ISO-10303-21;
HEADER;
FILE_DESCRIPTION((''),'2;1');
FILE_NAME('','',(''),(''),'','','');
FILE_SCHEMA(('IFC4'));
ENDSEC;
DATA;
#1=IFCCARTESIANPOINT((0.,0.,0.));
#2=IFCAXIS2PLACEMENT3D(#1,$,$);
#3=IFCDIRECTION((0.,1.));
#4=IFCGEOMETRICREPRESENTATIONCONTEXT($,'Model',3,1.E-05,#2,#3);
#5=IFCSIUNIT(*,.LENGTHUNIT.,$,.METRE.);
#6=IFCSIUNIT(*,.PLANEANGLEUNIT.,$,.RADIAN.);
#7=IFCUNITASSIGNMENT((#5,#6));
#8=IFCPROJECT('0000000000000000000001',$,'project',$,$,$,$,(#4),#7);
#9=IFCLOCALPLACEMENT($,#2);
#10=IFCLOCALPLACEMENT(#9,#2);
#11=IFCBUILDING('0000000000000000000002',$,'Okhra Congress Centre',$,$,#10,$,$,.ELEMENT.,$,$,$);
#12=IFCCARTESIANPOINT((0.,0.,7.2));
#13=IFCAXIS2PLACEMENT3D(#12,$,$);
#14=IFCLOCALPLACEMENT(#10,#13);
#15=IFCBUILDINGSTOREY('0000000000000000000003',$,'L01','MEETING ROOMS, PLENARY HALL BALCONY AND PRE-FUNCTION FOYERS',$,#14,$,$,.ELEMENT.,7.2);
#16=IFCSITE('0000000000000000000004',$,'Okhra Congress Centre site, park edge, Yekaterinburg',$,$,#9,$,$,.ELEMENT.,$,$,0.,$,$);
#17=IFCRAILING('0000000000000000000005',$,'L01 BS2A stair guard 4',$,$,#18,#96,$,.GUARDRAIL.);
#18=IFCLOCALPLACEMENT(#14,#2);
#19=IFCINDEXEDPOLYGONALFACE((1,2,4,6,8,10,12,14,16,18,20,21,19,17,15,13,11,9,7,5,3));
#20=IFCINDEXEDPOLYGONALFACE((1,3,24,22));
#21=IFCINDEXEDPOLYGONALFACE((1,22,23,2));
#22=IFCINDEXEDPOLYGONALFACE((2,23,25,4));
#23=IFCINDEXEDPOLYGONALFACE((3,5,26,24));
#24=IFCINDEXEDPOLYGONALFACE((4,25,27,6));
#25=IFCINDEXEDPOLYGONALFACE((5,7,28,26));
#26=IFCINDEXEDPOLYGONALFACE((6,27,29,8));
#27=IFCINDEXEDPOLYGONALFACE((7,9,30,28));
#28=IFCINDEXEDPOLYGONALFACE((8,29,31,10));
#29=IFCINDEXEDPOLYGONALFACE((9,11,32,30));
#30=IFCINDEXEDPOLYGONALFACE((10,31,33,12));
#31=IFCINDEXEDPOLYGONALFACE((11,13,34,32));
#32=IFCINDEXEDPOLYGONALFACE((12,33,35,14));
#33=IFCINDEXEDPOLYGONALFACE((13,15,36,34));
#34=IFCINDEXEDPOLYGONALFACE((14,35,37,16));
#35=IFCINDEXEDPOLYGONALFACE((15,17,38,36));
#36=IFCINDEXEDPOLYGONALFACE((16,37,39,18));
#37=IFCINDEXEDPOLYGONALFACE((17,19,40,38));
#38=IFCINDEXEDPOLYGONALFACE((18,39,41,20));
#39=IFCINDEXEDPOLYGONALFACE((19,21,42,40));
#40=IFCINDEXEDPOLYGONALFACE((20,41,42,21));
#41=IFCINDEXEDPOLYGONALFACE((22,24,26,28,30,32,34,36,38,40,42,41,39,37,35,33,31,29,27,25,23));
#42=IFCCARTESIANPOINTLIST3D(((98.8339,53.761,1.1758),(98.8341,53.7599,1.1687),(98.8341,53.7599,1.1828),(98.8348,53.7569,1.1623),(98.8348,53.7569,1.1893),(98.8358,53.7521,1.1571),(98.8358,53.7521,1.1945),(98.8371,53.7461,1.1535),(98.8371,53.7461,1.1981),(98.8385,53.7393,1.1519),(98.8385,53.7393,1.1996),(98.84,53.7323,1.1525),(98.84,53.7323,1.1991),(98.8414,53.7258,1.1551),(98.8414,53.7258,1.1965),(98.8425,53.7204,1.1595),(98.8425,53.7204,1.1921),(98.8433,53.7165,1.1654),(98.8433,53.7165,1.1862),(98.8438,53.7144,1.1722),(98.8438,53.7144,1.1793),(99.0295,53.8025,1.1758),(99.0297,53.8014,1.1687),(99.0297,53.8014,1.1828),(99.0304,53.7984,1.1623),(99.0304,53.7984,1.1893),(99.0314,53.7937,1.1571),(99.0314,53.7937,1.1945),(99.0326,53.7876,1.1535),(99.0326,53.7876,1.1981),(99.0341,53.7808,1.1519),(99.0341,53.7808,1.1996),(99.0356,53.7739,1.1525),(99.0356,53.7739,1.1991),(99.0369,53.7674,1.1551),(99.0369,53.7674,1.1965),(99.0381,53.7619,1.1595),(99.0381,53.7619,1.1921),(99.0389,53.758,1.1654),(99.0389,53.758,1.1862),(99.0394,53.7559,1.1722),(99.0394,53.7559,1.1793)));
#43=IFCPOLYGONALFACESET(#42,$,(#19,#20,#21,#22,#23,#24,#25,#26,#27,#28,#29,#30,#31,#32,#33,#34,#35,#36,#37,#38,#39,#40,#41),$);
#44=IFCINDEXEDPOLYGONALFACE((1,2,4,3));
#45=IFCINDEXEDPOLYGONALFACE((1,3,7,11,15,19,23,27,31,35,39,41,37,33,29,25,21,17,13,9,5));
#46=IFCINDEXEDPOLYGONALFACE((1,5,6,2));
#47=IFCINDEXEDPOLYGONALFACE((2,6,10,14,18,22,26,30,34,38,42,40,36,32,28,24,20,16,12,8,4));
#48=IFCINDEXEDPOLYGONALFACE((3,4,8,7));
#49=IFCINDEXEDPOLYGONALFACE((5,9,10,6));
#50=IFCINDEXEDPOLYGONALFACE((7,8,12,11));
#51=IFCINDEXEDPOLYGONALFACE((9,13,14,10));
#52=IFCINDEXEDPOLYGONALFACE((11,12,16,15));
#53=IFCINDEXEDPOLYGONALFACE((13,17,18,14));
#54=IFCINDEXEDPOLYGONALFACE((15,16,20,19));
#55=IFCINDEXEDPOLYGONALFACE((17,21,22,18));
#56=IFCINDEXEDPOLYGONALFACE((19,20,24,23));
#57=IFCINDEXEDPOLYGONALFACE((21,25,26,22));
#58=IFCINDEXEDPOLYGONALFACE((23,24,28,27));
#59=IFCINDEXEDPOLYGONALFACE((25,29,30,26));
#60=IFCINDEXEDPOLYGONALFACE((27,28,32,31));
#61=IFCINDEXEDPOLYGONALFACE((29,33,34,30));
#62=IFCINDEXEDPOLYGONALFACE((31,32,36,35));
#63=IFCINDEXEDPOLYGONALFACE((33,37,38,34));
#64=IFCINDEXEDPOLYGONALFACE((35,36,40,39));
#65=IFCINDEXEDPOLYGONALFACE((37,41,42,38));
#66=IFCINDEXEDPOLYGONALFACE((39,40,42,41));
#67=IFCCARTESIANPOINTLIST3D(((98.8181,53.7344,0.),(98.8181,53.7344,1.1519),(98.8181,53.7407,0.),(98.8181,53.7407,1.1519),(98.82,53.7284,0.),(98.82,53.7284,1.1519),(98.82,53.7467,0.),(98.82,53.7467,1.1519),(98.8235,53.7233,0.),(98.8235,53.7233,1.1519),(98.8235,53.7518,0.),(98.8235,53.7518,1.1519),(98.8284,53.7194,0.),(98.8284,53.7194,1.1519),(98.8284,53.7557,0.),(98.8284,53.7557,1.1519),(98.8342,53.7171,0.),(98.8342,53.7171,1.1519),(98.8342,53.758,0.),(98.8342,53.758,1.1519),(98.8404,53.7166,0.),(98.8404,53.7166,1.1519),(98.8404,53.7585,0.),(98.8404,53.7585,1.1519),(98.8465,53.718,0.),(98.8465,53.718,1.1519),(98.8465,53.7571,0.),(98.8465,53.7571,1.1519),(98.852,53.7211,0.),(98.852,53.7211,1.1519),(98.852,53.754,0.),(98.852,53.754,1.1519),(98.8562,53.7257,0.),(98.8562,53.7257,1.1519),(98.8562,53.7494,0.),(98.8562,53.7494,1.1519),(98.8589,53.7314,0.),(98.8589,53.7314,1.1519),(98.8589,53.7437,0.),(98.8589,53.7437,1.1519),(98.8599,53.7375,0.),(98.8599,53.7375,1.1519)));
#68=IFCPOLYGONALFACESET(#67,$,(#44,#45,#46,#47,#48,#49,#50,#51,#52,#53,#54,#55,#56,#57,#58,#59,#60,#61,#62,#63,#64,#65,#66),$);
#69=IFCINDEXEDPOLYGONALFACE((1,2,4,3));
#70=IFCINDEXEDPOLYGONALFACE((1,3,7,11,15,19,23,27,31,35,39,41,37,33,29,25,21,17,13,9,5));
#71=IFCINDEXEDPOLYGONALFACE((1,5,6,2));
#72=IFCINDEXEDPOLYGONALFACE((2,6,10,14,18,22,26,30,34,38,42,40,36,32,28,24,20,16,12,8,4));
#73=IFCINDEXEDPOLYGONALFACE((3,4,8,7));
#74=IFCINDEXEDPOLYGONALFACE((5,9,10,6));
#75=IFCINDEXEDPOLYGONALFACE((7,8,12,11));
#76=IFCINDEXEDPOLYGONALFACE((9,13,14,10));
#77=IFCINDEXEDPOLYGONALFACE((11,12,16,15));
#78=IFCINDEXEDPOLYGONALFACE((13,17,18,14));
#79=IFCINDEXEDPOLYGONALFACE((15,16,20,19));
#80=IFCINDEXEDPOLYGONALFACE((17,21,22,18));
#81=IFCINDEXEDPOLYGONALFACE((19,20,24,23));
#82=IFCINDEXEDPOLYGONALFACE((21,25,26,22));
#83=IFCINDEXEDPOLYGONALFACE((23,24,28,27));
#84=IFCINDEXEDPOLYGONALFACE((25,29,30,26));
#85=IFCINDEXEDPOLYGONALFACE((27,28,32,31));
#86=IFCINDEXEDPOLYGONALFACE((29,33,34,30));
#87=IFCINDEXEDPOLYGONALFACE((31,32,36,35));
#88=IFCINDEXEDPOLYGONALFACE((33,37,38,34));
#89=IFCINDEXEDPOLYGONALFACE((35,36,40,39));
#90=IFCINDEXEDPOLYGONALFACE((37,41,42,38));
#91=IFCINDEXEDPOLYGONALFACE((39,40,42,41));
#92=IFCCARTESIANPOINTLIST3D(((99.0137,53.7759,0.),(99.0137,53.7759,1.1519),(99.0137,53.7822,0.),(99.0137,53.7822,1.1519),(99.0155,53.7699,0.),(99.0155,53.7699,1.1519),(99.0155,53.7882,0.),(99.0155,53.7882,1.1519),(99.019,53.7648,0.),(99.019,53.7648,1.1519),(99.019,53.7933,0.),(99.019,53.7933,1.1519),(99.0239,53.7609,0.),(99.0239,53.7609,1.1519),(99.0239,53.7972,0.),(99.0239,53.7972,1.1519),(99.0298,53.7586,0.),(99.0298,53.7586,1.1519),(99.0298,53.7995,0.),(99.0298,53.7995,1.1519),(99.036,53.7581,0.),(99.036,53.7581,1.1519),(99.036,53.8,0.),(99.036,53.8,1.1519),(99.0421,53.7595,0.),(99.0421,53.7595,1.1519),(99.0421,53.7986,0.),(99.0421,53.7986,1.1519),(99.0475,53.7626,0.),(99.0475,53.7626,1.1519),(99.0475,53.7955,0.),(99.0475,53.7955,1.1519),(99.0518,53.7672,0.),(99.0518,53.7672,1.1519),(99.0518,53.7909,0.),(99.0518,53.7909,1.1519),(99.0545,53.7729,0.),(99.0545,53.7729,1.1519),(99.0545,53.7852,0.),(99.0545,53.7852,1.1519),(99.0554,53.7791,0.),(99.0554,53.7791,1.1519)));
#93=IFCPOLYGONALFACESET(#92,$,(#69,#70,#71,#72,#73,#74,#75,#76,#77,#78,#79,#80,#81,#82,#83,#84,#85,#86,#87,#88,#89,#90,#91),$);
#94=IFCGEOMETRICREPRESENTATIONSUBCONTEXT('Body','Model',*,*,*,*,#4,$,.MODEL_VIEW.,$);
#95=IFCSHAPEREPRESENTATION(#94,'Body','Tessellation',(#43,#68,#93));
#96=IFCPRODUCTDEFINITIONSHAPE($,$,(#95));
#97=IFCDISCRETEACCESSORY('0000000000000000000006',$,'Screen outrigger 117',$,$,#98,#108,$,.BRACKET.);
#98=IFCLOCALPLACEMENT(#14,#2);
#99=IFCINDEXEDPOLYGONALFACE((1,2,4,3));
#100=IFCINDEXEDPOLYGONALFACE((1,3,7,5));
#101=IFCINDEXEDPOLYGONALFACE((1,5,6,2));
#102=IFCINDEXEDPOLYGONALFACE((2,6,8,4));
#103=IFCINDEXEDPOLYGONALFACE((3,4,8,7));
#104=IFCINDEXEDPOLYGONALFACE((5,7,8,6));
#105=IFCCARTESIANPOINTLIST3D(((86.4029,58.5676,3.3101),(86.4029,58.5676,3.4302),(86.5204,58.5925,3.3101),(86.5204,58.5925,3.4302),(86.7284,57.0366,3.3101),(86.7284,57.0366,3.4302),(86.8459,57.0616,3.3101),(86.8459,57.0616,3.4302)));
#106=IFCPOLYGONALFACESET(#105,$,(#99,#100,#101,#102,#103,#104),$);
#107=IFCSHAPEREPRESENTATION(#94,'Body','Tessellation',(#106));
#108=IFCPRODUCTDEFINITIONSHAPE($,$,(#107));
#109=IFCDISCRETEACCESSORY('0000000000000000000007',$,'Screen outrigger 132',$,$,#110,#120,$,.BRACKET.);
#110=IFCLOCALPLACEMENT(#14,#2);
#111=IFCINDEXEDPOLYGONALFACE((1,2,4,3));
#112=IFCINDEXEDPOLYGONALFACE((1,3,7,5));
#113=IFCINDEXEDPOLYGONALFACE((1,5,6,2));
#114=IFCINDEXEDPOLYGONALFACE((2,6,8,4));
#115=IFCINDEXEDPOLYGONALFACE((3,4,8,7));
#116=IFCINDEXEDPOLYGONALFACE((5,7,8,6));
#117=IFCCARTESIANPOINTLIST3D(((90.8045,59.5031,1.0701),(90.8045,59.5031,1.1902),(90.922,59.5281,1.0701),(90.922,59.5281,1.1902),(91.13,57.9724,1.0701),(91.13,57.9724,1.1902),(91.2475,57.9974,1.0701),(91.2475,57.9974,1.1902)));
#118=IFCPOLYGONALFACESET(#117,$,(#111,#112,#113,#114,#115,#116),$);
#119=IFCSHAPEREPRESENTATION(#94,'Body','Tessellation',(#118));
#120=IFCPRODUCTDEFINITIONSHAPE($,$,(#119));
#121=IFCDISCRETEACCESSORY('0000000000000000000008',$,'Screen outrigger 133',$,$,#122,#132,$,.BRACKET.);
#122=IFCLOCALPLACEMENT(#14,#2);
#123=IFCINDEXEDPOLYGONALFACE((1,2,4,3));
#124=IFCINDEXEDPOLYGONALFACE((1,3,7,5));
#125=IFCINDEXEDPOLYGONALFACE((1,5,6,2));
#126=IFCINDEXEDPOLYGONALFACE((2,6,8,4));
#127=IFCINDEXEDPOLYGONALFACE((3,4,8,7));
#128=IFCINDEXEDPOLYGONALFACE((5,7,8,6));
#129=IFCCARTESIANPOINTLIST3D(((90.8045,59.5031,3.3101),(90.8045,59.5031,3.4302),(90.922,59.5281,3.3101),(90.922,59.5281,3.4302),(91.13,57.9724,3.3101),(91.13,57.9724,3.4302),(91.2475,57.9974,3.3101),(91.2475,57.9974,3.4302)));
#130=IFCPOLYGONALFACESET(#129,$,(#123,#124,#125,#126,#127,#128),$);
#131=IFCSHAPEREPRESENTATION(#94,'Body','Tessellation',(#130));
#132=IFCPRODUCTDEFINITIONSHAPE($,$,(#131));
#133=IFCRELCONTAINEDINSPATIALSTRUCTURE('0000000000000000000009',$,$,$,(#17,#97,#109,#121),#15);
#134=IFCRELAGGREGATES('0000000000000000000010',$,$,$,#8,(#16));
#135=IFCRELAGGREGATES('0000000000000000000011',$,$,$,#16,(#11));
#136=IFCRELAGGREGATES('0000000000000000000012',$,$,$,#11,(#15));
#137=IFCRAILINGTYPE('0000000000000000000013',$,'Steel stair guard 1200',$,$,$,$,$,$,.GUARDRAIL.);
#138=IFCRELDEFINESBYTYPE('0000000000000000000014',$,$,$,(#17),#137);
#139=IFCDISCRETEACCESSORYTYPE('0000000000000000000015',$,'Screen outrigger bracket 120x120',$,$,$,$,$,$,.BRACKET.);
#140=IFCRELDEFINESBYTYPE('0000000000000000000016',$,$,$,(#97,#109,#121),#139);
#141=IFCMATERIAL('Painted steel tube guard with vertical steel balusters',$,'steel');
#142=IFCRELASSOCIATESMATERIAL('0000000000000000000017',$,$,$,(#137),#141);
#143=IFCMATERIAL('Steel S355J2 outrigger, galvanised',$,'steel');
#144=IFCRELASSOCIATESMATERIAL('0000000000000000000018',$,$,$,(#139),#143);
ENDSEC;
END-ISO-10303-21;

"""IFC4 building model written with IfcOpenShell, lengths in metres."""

from ifc_helpers import new_model, si_unit, direction, frame, origin, origin_2d, place, context, subcontext, project, spatial, rectangle, circle, extrude, material, material_profile, profile_set, type_object, element, save


model = new_model("IFC4")

# Units and contexts
model_context = context("Model", 3, precision=1e-05, world=origin(), true_north=direction((0.0, 1.0)))
body_context = subcontext(model_context, "Body", "Model", "MODEL_VIEW")
ifc_project = project(units=[si_unit("LENGTHUNIT", "METRE"), si_unit("PLANEANGLEUNIT", "RADIAN")], contexts=[model_context])

# Site, building, storey
site_placement = place(None, origin())
site = spatial("IfcSite", under=ifc_project, at=site_placement, Name="Okhra Congress Centre site, park edge, Yekaterinburg", CompositionType="ELEMENT", RefElevation=0.0)
building_placement = place(site_placement, origin())
building = spatial("IfcBuilding", under=site, at=building_placement, Name="Okhra Congress Centre", CompositionType="ELEMENT")
storey_placement = place(building_placement, frame((0.0, 0.0, 7.2)))
storey = spatial("IfcBuildingStorey", under=building, at=storey_placement, Name="L01", Description="MEETING ROOMS, PLENARY HALL BALCONY AND PRE-FUNCTION FOYERS", CompositionType="ELEMENT", Elevation=7.2)

# Railing
ifc_material_1 = material(Name="Painted steel tube guard with vertical steel balusters", Category="steel")
railing_type_1 = type_object("IfcRailingType", Name="Steel stair guard 1200", PredefinedType="GUARDRAIL", material=ifc_material_1)
railing_1_placement = place(storey_placement, frame((98.8389, 53.7375, 0.0)))
element("IfcRailing", 1, at=railing_1_placement, inside=storey, type_object=railing_type_1, Name="L01 BS2A stair guard 4", PredefinedType="GUARDRAIL", context=body_context, shape_type="SweptSolid", body=[
    extrude(circle(Radius=0.0239, at=origin_2d()), frame((0.0, 0.0, 1.1758), z_axis=(0.978212, 0.20761, 0.0), x_axis=(-0.20761, 0.978212, 0.0)), (0.0, 0.0, 1.0), 0.2),
    extrude(circle(Radius=0.021, at=origin_2d()), origin(), (0.0, 0.0, 1.0), 1.1519),
    extrude(circle(Radius=0.021, at=origin_2d()), frame((0.1956, 0.0415, 0.0)), (0.0, 0.0, 1.0), 1.1519),
])

# Discrete accessories
ifc_material_2 = material(Name="Steel S355J2 outrigger, galvanised", Category="steel")
ifc_material_profile_1 = material_profile(ifc_material_2, rectangle(XDim=0.1201, YDim=0.1201, at=origin_2d()), Name="Screen outrigger bracket 120x120")
ifc_profile_set_1 = profile_set([ifc_material_profile_1], Name="Steel S355J2 outrigger, galvanised")
discrete_accessory_type = type_object("IfcDiscreteAccessoryType", Name="Screen outrigger bracket 120x120", PredefinedType="BRACKET", material=ifc_profile_set_1)
discrete_accessory_placement = place(storey_placement, frame((86.7871, 57.0491, 3.3701), z_axis=(-0.20792, 0.978146, 0.0), x_axis=(-0.978146, -0.20792, 0.0)))
element("IfcDiscreteAccessory", 2, at=discrete_accessory_placement, inside=storey, type_object=discrete_accessory_type, Name="Screen outrigger 117", PredefinedType="BRACKET", context=body_context, shape_type="SweptSolid", body=[
    extrude(rectangle(XDim=0.1201, YDim=0.1201, at=origin_2d()), origin(), (0.0, 0.0, 1.0), 1.5652),
])
for number, where, z_axis, x_axis, name in (
    (3, (91.1887, 57.9849, 1.1301), (-0.207952, 0.978139, 0.0), (-0.978139, -0.207952, 0.0), "Screen outrigger 132"),
    (4, (91.1887, 57.9849, 3.3701), (-0.207952, 0.978139, 0.0), (-0.978139, -0.207952, 0.0), "Screen outrigger 133"),
):
    element("IfcDiscreteAccessory", number, at=place(storey_placement, frame(where, z_axis=z_axis, x_axis=x_axis)), inside=storey, type_object=discrete_accessory_type, Name=name, PredefinedType="BRACKET", context=body_context, shape_type="SweptSolid", body=[
        extrude(rectangle(XDim=0.1201, YDim=0.1201, at=origin_2d()), origin(), (0.0, 0.0, 1.0), 1.5649),
    ])

save(model, "model.ifc")
